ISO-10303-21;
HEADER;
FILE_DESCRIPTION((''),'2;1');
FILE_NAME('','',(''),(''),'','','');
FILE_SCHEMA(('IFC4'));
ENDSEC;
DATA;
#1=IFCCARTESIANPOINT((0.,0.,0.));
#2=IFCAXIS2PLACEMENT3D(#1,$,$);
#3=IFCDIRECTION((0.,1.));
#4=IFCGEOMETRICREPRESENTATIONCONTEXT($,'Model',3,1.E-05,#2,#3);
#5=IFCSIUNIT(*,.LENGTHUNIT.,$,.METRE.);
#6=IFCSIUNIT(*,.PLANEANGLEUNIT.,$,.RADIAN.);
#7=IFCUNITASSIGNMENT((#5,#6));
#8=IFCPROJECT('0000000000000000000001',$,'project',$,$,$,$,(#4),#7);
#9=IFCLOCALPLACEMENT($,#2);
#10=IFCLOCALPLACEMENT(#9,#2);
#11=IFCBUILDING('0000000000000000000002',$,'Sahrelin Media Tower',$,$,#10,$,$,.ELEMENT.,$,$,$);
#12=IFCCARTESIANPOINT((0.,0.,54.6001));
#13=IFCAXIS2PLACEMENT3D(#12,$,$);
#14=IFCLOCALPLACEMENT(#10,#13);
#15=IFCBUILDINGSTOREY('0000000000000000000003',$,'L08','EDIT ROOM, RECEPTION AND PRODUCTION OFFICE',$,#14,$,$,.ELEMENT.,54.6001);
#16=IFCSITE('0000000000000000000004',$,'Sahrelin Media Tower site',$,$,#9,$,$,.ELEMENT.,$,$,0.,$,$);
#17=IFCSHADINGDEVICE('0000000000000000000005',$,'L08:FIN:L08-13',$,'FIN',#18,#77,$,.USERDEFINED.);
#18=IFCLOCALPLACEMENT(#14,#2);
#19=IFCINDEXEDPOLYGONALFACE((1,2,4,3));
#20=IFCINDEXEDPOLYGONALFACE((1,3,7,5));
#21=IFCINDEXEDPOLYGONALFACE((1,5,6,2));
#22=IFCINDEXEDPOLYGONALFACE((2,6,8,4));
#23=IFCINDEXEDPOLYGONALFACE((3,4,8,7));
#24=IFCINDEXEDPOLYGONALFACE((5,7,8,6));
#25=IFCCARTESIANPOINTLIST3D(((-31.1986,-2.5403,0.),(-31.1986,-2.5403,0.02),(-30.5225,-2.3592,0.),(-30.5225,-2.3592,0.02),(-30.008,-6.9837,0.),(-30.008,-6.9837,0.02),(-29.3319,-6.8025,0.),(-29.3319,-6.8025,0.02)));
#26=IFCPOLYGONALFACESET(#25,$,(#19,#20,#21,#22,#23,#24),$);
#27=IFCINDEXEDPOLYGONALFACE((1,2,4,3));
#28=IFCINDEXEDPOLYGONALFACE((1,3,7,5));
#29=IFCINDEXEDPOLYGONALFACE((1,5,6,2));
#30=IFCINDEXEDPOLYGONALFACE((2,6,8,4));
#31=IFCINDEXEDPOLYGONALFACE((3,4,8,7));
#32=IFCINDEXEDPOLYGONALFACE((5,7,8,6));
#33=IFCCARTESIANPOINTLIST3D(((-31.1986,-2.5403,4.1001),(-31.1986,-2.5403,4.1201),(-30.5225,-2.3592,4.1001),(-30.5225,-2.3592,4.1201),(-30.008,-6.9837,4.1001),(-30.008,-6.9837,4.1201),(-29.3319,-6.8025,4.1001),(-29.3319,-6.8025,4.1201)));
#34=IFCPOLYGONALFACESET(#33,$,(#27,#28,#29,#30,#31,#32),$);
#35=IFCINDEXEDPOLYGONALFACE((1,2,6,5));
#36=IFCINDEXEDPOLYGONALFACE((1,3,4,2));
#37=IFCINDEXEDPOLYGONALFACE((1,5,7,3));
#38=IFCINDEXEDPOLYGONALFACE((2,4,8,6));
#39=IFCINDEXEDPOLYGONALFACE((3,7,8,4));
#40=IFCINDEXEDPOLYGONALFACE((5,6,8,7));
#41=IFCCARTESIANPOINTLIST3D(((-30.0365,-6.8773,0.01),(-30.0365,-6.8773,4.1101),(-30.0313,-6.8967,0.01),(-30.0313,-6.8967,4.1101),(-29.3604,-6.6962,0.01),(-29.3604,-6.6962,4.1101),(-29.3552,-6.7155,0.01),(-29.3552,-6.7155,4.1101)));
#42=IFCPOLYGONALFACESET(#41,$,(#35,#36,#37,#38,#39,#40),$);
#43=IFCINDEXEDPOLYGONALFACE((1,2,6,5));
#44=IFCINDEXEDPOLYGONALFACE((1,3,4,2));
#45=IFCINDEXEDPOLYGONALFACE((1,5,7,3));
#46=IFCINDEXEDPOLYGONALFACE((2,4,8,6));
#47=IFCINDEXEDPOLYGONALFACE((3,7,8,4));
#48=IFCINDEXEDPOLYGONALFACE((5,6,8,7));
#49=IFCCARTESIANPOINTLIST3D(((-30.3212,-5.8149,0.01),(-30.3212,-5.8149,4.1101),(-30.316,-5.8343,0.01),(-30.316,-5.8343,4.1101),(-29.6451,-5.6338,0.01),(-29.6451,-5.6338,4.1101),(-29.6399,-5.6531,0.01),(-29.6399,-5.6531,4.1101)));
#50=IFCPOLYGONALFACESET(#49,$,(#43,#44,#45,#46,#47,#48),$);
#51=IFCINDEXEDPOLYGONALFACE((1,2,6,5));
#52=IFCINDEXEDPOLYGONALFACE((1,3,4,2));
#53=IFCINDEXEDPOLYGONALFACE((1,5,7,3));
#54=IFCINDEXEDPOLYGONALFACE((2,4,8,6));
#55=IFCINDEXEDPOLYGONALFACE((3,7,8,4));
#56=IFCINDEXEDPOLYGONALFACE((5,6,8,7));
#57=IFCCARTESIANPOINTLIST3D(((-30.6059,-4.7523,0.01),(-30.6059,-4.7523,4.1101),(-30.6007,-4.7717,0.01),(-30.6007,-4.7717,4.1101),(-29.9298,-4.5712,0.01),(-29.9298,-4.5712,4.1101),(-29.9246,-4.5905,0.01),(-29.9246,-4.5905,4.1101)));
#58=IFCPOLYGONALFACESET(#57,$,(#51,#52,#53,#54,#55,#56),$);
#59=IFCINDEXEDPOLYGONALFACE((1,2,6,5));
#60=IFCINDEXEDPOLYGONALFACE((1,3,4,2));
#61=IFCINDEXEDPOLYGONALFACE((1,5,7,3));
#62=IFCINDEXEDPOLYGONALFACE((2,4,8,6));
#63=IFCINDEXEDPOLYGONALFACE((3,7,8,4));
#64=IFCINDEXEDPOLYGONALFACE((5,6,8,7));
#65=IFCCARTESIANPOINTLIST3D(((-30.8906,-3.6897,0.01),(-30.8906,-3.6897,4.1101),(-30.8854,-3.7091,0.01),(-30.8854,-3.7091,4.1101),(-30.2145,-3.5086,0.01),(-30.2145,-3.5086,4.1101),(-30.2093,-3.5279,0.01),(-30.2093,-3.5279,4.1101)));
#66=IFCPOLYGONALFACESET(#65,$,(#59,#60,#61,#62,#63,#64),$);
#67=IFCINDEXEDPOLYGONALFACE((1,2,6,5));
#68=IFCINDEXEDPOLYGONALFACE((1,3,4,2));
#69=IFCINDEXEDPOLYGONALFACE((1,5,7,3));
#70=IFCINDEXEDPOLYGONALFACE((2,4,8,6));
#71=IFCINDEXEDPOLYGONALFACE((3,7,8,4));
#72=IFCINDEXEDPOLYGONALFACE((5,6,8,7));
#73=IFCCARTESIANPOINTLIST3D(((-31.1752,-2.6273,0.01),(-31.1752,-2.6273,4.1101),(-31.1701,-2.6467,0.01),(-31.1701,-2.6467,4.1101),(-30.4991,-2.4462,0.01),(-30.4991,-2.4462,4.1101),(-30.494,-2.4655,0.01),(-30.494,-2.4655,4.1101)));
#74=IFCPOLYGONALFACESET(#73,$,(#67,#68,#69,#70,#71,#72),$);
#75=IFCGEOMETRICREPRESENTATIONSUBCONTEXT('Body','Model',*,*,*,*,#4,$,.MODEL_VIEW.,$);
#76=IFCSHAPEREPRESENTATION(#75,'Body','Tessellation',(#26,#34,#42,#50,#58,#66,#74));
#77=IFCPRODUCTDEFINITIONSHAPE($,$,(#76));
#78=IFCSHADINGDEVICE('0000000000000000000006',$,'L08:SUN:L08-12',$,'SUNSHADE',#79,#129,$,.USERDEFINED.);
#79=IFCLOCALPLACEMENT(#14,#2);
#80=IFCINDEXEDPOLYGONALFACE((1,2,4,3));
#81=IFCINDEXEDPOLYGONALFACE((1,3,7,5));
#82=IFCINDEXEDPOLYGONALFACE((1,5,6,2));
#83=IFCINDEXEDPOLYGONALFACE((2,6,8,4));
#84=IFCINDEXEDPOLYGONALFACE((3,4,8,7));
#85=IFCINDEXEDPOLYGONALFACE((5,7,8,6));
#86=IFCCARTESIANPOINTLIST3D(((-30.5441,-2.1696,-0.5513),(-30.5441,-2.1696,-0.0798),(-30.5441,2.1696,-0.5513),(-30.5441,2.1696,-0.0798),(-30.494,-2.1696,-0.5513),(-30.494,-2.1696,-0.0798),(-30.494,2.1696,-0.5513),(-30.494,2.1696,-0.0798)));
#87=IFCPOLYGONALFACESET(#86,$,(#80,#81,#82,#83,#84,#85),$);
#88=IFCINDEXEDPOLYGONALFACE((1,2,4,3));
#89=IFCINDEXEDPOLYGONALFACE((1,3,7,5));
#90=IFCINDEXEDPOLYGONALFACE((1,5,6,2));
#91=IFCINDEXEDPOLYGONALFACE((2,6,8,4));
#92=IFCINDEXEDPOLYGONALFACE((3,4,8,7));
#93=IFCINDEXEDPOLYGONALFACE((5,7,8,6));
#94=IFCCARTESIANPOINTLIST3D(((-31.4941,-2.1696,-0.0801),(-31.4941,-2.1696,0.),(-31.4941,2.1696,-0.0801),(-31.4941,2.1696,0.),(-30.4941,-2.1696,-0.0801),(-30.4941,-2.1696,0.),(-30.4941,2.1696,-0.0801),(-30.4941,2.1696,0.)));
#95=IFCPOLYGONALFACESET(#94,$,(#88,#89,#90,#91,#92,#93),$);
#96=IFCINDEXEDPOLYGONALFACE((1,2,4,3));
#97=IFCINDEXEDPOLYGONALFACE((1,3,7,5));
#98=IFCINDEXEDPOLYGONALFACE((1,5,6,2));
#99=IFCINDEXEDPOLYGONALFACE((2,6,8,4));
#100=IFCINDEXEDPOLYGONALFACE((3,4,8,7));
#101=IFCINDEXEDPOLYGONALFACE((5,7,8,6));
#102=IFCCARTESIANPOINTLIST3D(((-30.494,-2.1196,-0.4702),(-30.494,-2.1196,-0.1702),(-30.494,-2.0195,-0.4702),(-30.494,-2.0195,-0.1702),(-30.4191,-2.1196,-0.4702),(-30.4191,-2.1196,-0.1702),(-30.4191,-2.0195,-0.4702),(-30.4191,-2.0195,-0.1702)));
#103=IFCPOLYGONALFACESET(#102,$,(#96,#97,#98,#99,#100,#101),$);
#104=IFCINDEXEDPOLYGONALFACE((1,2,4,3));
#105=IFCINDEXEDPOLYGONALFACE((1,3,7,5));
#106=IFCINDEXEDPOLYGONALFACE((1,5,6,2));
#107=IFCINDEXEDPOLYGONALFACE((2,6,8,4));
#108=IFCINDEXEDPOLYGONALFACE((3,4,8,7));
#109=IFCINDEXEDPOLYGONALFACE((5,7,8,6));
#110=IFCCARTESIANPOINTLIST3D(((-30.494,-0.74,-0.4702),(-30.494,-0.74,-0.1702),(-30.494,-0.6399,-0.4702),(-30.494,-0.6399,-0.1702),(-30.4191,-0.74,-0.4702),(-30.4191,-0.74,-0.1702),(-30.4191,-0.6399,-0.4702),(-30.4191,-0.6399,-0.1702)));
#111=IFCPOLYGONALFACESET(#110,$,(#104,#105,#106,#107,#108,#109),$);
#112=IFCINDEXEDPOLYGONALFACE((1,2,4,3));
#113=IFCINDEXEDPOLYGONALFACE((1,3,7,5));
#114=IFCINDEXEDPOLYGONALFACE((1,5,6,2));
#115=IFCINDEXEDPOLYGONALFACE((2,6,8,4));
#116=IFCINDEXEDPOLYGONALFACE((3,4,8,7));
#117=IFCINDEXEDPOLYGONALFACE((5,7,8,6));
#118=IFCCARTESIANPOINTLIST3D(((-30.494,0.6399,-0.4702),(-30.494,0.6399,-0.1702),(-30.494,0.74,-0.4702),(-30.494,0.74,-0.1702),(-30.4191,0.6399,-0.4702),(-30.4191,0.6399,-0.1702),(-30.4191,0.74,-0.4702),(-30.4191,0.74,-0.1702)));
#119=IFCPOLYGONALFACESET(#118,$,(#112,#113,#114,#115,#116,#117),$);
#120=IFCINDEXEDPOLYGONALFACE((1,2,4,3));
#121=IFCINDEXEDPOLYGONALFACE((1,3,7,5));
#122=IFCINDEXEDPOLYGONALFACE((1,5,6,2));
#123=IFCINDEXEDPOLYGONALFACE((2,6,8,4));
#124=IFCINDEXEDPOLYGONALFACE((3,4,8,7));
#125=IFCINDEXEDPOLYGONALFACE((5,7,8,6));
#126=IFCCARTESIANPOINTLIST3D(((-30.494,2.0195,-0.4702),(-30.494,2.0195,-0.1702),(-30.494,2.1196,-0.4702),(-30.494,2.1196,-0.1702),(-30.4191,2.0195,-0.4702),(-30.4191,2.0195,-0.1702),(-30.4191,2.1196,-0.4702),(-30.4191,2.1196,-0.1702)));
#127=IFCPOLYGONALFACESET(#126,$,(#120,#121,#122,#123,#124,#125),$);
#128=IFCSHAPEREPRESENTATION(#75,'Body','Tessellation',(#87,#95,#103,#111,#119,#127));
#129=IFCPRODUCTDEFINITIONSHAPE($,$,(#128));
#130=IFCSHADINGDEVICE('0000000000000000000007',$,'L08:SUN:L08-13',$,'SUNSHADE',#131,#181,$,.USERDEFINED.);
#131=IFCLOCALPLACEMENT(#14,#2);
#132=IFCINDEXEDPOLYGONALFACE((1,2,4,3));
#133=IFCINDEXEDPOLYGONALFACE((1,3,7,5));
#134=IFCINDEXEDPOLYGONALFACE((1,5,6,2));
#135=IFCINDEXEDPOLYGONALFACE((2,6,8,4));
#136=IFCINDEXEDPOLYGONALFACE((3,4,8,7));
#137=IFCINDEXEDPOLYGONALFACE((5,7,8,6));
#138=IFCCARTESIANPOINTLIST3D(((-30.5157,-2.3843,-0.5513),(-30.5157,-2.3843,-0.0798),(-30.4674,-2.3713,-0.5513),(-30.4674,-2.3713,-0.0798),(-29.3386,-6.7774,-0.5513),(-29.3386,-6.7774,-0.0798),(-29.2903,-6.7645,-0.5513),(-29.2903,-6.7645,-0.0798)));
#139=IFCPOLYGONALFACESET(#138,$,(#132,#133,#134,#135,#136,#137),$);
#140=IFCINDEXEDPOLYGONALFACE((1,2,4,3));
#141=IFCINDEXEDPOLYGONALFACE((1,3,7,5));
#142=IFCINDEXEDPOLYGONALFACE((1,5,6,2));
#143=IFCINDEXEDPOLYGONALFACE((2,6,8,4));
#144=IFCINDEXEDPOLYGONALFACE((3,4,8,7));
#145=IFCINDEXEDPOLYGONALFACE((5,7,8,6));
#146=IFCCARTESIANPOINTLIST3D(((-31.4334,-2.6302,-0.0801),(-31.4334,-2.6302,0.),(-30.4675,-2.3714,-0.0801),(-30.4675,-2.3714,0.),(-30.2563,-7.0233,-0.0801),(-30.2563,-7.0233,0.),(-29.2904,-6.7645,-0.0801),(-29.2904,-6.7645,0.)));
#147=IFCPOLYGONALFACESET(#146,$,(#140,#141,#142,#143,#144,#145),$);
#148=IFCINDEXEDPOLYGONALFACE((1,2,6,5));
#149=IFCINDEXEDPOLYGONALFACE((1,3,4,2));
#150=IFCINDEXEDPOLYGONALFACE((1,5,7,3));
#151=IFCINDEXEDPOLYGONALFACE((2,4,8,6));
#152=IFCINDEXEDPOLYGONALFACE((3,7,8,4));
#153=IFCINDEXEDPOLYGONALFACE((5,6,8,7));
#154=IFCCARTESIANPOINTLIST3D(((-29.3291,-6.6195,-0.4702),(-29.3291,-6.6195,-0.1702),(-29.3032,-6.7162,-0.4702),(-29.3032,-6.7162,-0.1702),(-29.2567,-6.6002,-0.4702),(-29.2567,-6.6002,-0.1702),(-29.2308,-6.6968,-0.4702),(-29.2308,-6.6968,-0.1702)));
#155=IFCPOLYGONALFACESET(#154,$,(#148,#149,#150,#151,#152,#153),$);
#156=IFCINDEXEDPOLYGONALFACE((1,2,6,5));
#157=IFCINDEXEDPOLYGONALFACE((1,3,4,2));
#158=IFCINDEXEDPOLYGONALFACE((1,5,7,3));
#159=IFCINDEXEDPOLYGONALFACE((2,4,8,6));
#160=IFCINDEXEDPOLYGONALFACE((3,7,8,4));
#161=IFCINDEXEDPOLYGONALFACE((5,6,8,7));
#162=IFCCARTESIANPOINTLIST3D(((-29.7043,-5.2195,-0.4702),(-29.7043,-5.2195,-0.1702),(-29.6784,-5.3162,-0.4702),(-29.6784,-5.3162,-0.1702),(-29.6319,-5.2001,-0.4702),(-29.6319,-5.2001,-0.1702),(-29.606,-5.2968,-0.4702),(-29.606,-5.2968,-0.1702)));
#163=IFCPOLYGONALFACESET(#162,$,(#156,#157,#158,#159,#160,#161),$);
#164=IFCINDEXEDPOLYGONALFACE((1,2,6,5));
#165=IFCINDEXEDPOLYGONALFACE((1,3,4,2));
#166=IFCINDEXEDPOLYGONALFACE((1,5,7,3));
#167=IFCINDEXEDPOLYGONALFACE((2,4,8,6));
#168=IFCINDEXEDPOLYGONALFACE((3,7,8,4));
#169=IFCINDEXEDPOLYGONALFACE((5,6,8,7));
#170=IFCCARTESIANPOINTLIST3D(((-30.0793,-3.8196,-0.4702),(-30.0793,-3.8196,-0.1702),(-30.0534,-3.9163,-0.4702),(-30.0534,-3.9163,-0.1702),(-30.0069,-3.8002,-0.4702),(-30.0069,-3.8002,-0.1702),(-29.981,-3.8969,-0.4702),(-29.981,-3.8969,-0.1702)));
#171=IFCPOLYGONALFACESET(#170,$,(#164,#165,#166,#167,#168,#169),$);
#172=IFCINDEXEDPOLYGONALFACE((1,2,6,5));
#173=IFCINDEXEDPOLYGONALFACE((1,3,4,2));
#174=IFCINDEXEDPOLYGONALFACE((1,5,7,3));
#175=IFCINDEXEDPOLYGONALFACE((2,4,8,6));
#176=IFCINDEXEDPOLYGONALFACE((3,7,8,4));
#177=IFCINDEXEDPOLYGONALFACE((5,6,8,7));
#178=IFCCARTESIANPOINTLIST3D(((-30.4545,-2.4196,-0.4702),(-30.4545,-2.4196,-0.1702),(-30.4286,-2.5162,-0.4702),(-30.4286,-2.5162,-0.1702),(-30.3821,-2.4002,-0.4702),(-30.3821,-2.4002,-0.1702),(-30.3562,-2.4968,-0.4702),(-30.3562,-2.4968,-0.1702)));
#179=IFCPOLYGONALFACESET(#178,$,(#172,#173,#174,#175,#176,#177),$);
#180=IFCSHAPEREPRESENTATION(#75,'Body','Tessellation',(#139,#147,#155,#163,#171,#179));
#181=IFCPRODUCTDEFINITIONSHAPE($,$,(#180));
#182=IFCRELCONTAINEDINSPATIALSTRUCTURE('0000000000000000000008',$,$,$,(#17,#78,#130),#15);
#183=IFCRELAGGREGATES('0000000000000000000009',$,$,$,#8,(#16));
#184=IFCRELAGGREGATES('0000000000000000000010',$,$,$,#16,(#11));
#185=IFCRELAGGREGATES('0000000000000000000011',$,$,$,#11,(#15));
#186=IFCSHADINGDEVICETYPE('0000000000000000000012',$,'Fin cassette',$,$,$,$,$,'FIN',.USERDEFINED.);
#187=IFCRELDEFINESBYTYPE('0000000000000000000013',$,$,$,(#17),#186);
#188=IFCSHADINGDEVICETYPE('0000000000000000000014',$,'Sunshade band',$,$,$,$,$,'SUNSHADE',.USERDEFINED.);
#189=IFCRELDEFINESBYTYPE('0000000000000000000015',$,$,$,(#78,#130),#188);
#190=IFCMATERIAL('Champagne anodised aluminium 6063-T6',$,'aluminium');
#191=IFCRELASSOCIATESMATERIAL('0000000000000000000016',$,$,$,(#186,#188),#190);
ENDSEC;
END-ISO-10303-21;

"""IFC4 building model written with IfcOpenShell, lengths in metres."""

from ifc_helpers import new_model, si_unit, direction, frame, origin, origin_2d, place, context, subcontext, project, spatial, rectangle, extrude, material, type_object, element, save


model = new_model("IFC4")

# Units and contexts
model_context = context("Model", 3, precision=1e-05, world=origin(), true_north=direction((0.0, 1.0)))
body_context = subcontext(model_context, "Body", "Model", "MODEL_VIEW")
ifc_project = project(units=[si_unit("LENGTHUNIT", "METRE"), si_unit("PLANEANGLEUNIT", "RADIAN")], contexts=[model_context])

# Site, building, storey
site_placement = place(None, origin())
site = spatial("IfcSite", under=ifc_project, at=site_placement, Name="Sahrelin Media Tower site", CompositionType="ELEMENT", RefElevation=0.0)
building_placement = place(site_placement, origin())
building = spatial("IfcBuilding", under=site, at=building_placement, Name="Sahrelin Media Tower", CompositionType="ELEMENT")
storey_placement = place(building_placement, frame((0.0, 0.0, 54.6001)))
storey = spatial("IfcBuildingStorey", under=building, at=storey_placement, Name="L08", Description="EDIT ROOM, RECEPTION AND PRODUCTION OFFICE", CompositionType="ELEMENT", Elevation=54.6001)

# Shared definitions
ifc_material_1 = material(Name="Champagne anodised aluminium 6063-T6", Category="aluminium")

# Shading devices
shading_device_type_1 = type_object("IfcShadingDeviceType", Name="Fin cassette", ElementType="FIN", PredefinedType="USERDEFINED", material=ifc_material_1)
placement_1 = place(storey_placement, frame((-30.4741, 0.0, 0.0), z_axis=(0.0, 0.0, 1.0), x_axis=(0.0, 1.0, 0.0)))
placement_2 = place(storey_placement, frame((-29.8596, -4.5627, 0.0), z_axis=(0.0, 0.0, 1.0), x_axis=(-0.258808, 0.965929, 0.0)))
element("IfcShadingDevice", 1, at=placement_2, inside=storey, type_object=shading_device_type_1, Name="L08:FIN:L08-13", ObjectType="FIN", PredefinedType="USERDEFINED", context=body_context, shape_type="SweptSolid", body=[
    extrude(rectangle(XDim=4.6001, YDim=0.7, at=origin_2d()), frame((0.0, 0.4199, 0.0)), (0.0, 0.0, 1.0), 0.02),
    extrude(rectangle(XDim=4.6001, YDim=0.7, at=origin_2d()), frame((0.0, 0.4199, 4.1001)), (0.0, 0.0, 1.0), 0.02),
    extrude(rectangle(XDim=0.02, YDim=0.7, at=origin_2d()), frame((-2.2, 0.4199, 0.01), z_axis=(0.0, 0.0, 1.0), x_axis=(1.0, 0.0, 0.0)), (0.0, 0.0, 1.0), 4.1001),
    extrude(rectangle(XDim=0.02, YDim=0.7, at=origin_2d()), frame((-1.1001, 0.4199, 0.01), z_axis=(0.0, 0.0, 1.0), x_axis=(1.0, 0.0, 0.0)), (0.0, 0.0, 1.0), 4.1001),
    extrude(rectangle(XDim=0.02, YDim=0.7, at=origin_2d()), frame((0.0, 0.4199, 0.01), z_axis=(0.0, 0.0, 1.0), x_axis=(1.0, 0.0, 0.0)), (0.0, 0.0, 1.0), 4.1001),
    extrude(rectangle(XDim=0.02, YDim=0.7, at=origin_2d()), frame((1.1001, 0.4199, 0.01), z_axis=(0.0, 0.0, 1.0), x_axis=(1.0, 0.0, 0.0)), (0.0, 0.0, 1.0), 4.1001),
    extrude(rectangle(XDim=0.02, YDim=0.7, at=origin_2d()), frame((2.2, 0.4199, 0.01), z_axis=(0.0, 0.0, 1.0), x_axis=(1.0, 0.0, 0.0)), (0.0, 0.0, 1.0), 4.1001),
])
shading_device_type_2 = type_object("IfcShadingDeviceType", Name="Sunshade band", ElementType="SUNSHADE", PredefinedType="USERDEFINED", material=ifc_material_1)
element("IfcShadingDevice", 2, at=placement_1, inside=storey, type_object=shading_device_type_2, Name="L08:SUN:L08-12", ObjectType="SUNSHADE", PredefinedType="USERDEFINED", context=body_context, shape_type="SweptSolid", body=[
    extrude(rectangle(XDim=4.3391, YDim=0.05, at=origin_2d()), frame((0.0, 0.0449, -0.5513)), (0.0, 0.0, 1.0), 0.4714),
    extrude(rectangle(XDim=4.3391, YDim=1.0, at=origin_2d()), frame((0.0, 0.52, -0.0801)), (0.0, 0.0, 1.0), 0.0801),
    extrude(rectangle(XDim=0.1001, YDim=0.075, at=origin_2d()), frame((-2.0696, -0.0176, -0.4702)), (0.0, 0.0, 1.0), 0.3),
    extrude(rectangle(XDim=0.1001, YDim=0.075, at=origin_2d()), frame((-0.6899, -0.0176, -0.4702)), (0.0, 0.0, 1.0), 0.3),
    extrude(rectangle(XDim=0.1001, YDim=0.075, at=origin_2d()), frame((0.6899, -0.0176, -0.4702)), (0.0, 0.0, 1.0), 0.3),
    extrude(rectangle(XDim=0.1001, YDim=0.075, at=origin_2d()), frame((2.0696, -0.0176, -0.4702)), (0.0, 0.0, 1.0), 0.3),
])
element("IfcShadingDevice", 3, at=placement_2, inside=storey, type_object=shading_device_type_2, Name="L08:SUN:L08-13", ObjectType="SUNSHADE", PredefinedType="USERDEFINED", context=body_context, shape_type="SweptSolid", body=[
    extrude(rectangle(XDim=4.5481, YDim=0.05, at=origin_2d()), frame((0.0, 0.0449, -0.5513)), (0.0, 0.0, 1.0), 0.4714),
    extrude(rectangle(XDim=4.5481, YDim=1.0, at=origin_2d()), frame((0.0, 0.52, -0.0801)), (0.0, 0.0, 1.0), 0.0801),
    extrude(rectangle(XDim=0.1001, YDim=0.075, at=origin_2d()), frame((-2.1741, -0.0176, -0.4702)), (0.0, 0.0, 1.0), 0.3),
    extrude(rectangle(XDim=0.1001, YDim=0.075, at=origin_2d()), frame((-0.7246, -0.0176, -0.4702)), (0.0, 0.0, 1.0), 0.3),
    extrude(rectangle(XDim=0.1001, YDim=0.075, at=origin_2d()), frame((0.7246, -0.0176, -0.4702)), (0.0, 0.0, 1.0), 0.3),
    extrude(rectangle(XDim=0.1001, YDim=0.075, at=origin_2d()), frame((2.1741, -0.0176, -0.4702)), (0.0, 0.0, 1.0), 0.3),
])

save(model, "model.ifc")
